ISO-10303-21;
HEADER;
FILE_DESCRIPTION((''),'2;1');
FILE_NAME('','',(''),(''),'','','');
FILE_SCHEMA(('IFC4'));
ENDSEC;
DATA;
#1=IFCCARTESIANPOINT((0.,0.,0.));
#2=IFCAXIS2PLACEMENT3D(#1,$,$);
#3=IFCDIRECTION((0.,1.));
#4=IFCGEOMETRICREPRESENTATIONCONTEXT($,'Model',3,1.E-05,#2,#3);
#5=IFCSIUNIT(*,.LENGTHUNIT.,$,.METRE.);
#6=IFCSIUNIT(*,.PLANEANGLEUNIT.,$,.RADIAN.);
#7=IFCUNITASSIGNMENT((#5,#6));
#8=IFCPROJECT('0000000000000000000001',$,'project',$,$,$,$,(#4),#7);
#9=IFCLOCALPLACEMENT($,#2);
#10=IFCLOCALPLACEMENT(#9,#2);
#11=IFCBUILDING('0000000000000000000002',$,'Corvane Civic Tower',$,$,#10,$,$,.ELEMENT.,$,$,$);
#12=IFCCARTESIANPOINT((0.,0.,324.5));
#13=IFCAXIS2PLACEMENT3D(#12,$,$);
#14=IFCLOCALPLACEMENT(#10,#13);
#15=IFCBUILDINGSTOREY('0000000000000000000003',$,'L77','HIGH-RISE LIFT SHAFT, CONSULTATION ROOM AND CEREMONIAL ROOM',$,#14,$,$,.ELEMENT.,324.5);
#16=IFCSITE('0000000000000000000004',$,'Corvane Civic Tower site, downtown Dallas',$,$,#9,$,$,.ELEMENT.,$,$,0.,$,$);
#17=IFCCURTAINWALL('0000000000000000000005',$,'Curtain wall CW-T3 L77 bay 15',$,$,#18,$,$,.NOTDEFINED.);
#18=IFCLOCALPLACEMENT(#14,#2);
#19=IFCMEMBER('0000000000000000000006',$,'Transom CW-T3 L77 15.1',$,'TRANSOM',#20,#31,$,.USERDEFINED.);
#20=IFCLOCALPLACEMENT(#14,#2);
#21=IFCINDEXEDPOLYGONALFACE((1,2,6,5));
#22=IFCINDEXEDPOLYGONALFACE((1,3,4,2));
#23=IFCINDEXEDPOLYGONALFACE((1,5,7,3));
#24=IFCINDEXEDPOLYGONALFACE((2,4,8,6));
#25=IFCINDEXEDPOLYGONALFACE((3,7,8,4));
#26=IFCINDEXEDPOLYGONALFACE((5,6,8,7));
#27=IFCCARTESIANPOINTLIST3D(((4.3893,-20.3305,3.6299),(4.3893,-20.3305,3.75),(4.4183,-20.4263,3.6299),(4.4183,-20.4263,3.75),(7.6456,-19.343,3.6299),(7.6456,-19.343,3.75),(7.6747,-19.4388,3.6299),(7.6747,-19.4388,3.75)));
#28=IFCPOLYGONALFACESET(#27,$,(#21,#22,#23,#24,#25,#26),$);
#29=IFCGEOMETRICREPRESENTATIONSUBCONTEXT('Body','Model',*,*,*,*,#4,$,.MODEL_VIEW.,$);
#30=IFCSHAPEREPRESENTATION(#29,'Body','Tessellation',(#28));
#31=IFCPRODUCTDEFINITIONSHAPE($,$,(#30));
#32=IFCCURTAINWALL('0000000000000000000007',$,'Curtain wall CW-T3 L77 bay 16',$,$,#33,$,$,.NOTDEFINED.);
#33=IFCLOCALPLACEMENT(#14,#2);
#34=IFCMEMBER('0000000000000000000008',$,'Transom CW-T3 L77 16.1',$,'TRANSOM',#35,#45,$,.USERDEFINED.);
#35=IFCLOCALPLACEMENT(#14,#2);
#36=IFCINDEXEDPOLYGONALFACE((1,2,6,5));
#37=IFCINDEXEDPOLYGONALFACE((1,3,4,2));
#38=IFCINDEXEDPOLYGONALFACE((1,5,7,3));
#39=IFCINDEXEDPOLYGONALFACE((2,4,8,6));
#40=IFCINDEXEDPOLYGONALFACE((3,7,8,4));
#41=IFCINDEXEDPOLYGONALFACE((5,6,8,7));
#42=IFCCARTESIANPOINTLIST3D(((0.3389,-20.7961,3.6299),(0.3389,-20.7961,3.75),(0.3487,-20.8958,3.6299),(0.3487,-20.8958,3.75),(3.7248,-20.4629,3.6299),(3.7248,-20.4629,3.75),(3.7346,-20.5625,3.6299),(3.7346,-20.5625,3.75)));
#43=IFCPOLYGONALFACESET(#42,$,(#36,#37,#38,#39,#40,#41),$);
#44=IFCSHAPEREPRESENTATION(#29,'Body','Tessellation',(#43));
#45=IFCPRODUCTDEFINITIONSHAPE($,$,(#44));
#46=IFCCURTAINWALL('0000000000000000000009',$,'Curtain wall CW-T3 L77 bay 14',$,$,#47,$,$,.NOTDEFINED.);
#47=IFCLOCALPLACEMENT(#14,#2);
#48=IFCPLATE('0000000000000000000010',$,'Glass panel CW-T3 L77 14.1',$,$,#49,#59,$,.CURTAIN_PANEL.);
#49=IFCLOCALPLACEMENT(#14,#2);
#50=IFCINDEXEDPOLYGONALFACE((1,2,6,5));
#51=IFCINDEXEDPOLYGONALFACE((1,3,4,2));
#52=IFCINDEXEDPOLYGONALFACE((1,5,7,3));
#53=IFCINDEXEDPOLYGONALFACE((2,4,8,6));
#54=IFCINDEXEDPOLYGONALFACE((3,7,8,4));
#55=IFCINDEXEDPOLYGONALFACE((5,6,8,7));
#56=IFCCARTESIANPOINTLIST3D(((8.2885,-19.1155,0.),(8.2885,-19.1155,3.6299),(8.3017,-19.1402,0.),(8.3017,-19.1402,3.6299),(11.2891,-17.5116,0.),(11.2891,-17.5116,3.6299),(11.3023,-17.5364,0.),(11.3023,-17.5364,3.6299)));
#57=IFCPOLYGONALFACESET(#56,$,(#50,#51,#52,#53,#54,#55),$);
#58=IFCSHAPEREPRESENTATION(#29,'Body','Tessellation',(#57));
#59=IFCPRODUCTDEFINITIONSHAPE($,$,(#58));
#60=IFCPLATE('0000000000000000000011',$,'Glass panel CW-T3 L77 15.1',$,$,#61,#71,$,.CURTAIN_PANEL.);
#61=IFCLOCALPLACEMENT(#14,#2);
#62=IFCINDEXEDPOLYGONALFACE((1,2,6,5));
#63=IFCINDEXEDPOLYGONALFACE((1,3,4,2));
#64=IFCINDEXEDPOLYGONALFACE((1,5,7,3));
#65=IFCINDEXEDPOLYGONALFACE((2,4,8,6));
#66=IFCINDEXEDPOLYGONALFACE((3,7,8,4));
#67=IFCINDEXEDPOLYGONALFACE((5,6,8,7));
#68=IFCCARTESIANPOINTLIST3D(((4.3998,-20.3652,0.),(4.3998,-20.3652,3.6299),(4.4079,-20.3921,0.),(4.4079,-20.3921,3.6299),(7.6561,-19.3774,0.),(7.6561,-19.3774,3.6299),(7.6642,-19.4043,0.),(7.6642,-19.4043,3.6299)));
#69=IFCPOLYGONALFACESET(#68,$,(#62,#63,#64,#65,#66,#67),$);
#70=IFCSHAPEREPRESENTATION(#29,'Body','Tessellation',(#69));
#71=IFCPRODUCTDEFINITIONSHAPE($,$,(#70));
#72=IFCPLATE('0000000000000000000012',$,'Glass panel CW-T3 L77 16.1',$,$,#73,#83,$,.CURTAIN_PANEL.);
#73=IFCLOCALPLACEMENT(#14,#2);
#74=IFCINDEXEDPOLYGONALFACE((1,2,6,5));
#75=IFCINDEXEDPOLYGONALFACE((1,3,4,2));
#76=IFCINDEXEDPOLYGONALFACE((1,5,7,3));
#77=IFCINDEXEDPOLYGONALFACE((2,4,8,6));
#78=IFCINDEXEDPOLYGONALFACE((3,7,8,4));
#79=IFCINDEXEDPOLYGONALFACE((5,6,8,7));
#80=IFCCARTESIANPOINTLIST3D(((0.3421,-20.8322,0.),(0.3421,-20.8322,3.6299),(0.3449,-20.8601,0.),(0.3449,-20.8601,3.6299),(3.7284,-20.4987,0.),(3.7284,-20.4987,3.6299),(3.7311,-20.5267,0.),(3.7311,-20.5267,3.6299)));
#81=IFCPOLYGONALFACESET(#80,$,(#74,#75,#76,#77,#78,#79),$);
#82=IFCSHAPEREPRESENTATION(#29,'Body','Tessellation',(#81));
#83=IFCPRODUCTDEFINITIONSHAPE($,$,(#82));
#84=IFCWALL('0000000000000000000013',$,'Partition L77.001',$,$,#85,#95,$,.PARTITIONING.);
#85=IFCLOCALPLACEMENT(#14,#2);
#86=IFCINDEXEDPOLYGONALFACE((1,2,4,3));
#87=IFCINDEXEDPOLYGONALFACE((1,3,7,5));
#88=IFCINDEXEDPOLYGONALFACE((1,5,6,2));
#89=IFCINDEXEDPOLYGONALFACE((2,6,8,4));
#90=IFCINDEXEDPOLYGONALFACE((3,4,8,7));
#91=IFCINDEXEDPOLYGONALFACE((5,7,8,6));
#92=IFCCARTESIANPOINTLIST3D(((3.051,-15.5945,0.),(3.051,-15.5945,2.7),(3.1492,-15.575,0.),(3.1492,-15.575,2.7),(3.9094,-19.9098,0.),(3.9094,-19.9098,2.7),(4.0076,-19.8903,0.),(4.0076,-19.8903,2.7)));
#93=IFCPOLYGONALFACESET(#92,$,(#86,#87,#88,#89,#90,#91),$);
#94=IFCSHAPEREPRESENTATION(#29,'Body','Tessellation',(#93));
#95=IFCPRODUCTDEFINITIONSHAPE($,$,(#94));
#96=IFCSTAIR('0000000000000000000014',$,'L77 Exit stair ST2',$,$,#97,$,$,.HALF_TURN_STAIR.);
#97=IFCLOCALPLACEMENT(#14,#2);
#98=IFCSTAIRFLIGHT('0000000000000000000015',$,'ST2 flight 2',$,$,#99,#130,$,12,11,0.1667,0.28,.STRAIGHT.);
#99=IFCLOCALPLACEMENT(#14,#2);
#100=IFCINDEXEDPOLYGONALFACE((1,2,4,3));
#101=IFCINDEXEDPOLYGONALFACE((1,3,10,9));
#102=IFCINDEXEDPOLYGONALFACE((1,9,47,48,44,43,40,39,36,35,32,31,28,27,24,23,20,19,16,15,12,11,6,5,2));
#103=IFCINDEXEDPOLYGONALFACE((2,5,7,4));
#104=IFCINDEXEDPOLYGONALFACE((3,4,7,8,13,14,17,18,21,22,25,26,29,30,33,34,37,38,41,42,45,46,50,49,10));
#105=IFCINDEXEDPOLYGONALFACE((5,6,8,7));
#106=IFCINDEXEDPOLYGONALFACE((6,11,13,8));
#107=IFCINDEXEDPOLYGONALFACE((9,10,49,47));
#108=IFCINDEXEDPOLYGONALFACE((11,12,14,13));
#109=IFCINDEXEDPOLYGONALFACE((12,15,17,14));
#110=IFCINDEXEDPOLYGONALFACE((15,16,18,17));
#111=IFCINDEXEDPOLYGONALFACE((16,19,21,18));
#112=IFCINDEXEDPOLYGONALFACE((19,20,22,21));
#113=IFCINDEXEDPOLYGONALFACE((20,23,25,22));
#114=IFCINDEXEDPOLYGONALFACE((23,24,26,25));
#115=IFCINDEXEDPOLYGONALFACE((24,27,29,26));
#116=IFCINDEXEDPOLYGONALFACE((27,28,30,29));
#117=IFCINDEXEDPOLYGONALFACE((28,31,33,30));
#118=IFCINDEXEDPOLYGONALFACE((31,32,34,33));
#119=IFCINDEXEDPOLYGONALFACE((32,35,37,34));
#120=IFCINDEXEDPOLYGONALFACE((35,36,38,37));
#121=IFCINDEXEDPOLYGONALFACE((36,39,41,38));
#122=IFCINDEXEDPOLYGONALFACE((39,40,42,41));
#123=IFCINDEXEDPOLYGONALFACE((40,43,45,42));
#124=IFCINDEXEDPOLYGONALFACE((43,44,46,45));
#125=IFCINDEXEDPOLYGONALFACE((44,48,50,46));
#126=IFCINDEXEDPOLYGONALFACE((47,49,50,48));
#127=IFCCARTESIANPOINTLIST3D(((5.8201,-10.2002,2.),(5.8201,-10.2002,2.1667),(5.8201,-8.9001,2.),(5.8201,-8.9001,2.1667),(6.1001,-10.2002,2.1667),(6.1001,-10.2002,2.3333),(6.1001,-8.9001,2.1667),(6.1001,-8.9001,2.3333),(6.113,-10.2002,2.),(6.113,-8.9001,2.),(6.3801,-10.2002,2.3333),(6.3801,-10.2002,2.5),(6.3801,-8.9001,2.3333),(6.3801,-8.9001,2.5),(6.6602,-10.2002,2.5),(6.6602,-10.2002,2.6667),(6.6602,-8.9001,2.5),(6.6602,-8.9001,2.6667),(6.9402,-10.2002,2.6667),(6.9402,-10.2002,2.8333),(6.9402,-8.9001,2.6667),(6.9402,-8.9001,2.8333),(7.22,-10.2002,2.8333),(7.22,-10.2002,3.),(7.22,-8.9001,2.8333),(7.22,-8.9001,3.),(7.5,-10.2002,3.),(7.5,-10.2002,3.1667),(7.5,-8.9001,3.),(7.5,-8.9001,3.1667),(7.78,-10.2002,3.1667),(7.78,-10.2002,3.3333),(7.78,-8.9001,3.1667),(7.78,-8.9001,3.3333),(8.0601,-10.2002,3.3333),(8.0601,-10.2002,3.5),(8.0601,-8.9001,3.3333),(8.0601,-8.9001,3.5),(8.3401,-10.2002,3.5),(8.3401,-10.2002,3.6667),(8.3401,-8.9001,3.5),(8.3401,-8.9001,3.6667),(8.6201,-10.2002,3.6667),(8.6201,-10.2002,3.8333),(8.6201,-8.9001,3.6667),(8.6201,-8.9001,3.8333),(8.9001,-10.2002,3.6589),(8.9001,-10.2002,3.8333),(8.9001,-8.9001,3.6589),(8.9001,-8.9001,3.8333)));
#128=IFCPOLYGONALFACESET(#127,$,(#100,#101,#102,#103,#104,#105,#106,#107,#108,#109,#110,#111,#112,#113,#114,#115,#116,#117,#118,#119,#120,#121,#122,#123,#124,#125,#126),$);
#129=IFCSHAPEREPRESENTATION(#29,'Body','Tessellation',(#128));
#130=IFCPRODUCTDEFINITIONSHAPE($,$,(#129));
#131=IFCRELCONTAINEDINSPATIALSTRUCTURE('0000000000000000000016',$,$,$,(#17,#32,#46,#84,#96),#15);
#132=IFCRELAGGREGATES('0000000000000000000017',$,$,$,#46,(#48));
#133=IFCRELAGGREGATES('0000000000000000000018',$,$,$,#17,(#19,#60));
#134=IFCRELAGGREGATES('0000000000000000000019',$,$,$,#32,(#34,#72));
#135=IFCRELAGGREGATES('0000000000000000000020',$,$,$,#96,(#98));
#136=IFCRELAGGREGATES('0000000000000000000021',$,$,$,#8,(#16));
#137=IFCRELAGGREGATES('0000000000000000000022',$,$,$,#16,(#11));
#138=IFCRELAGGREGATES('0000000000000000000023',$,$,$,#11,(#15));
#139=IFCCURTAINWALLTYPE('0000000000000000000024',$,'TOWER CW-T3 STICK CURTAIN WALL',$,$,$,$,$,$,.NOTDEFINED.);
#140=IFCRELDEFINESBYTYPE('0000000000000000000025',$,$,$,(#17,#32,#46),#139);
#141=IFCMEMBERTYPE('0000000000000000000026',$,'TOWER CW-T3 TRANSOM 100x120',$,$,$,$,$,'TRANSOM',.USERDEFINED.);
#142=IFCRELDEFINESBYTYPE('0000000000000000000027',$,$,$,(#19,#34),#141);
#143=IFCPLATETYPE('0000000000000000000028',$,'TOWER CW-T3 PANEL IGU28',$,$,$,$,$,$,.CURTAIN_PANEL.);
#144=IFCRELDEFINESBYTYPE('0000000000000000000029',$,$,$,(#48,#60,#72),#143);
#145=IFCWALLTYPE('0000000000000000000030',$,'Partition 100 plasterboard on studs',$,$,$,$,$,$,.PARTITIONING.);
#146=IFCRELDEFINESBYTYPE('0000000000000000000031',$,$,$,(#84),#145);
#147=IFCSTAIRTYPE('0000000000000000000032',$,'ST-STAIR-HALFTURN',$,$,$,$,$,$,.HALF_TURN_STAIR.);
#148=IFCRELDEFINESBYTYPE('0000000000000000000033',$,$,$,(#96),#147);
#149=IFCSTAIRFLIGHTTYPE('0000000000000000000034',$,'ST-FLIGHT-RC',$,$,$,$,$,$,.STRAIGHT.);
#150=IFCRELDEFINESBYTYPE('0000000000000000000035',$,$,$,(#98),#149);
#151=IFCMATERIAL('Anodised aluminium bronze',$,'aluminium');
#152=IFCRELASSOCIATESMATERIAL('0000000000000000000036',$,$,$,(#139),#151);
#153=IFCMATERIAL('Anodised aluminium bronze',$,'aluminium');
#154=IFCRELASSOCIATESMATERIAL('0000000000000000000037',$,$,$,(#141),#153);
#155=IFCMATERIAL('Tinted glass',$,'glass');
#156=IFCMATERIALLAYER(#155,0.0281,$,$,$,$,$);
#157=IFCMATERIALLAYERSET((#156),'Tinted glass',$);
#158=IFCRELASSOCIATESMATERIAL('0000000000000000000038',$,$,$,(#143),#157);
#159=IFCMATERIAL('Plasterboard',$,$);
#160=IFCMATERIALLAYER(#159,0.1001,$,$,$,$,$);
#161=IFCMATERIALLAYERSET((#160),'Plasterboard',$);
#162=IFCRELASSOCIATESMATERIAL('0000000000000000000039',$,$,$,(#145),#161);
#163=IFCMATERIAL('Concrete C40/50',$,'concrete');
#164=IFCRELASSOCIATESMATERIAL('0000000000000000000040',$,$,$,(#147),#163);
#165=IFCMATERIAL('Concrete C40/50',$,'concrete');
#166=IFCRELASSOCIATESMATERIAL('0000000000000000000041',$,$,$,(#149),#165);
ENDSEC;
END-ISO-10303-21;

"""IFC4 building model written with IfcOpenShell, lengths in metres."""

from ifc_helpers import new_model, si_unit, direction, frame, frame_2d, origin, origin_2d, place, context, subcontext, project, spatial, polyline, rectangle, outline, extrude, material, layer, layer_set, material_profile, profile_set, type_object, element, aggregate, save


model = new_model("IFC4")

# Units and contexts
model_context = context("Model", 3, precision=1e-05, world=origin(), true_north=direction((0.0, 1.0)))
body_context = subcontext(model_context, "Body", "Model", "MODEL_VIEW")
ifc_project = project(units=[si_unit("LENGTHUNIT", "METRE"), si_unit("PLANEANGLEUNIT", "RADIAN")], contexts=[model_context])

# Site, building, storey
site_placement = place(None, origin())
site = spatial("IfcSite", under=ifc_project, at=site_placement, Name="Corvane Civic Tower site, downtown Dallas", CompositionType="ELEMENT", RefElevation=0.0)
building_placement = place(site_placement, origin())
building = spatial("IfcBuilding", under=site, at=building_placement, Name="Corvane Civic Tower", CompositionType="ELEMENT")
storey_placement = place(building_placement, frame((0.0, 0.0, 324.5)))
storey = spatial("IfcBuildingStorey", under=building, at=storey_placement, Name="L77", Description="HIGH-RISE LIFT SHAFT, CONSULTATION ROOM AND CEREMONIAL ROOM", CompositionType="ELEMENT", Elevation=324.5)

# Curtain walls, members
ifc_material_1 = material(Name="Anodised aluminium bronze", Category="aluminium")
curtain_wall_type = type_object("IfcCurtainWallType", Name="TOWER CW-T3 STICK CURTAIN WALL", PredefinedType="NOTDEFINED", material=ifc_material_1)
curtain_wall_1_placement = place(storey_placement, origin())
curtain_wall_1 = element("IfcCurtainWall", 1, at=curtain_wall_1_placement, inside=storey, type_object=curtain_wall_type, Name="Curtain wall CW-T3 L77 bay 15", PredefinedType="NOTDEFINED")
ifc_material_2 = material(Name="Anodised aluminium bronze", Category="aluminium")
ifc_material_profile_1 = material_profile(ifc_material_2, rectangle(XDim=0.1001, YDim=0.1201, at=origin_2d()), Name="TOWER CW-T3 TRANSOM 100x120")
ifc_profile_set_1 = profile_set([ifc_material_profile_1], Name="Anodised aluminium bronze")
member_type = type_object("IfcMemberType", Name="TOWER CW-T3 TRANSOM 100x120", ElementType="TRANSOM", PredefinedType="USERDEFINED", material=ifc_profile_set_1)
member_1_placement = place(storey_placement, frame((7.6602, -19.3909, 3.6899), z_axis=(-0.956961, -0.290216, 0.0), x_axis=(0.290216, -0.956961, 0.0)))
member_1 = element("IfcMember", 2, at=member_1_placement, type_object=member_type, Name="Transom CW-T3 L77 15.1", ObjectType="TRANSOM", PredefinedType="USERDEFINED", context=body_context, shape_type="SweptSolid", body=[
    extrude(rectangle(XDim=0.1001, YDim=0.1201, at=origin_2d()), origin(), (0.0, 0.0, 1.0), 3.4028),
])
curtain_wall_2_placement = place(storey_placement, origin())
curtain_wall_2 = element("IfcCurtainWall", 3, at=curtain_wall_2_placement, inside=storey, type_object=curtain_wall_type, Name="Curtain wall CW-T3 L77 bay 16", PredefinedType="NOTDEFINED")
member_2_placement = place(storey_placement, frame((3.7297, -20.5127, 3.6899), z_axis=(-0.995192, -0.097948, 0.0), x_axis=(0.097948, -0.995192, 0.0)))
member_2 = element("IfcMember", 4, at=member_2_placement, type_object=member_type, Name="Transom CW-T3 L77 16.1", ObjectType="TRANSOM", PredefinedType="USERDEFINED", context=body_context, shape_type="SweptSolid", body=[
    extrude(rectangle(XDim=0.1001, YDim=0.1201, at=origin_2d()), origin(), (0.0, 0.0, 1.0), 3.4023),
])

# Curtain wall, plate
curtain_wall_3_placement = place(storey_placement, origin())
curtain_wall_3 = element("IfcCurtainWall", 5, at=curtain_wall_3_placement, inside=storey, type_object=curtain_wall_type, Name="Curtain wall CW-T3 L77 bay 14", PredefinedType="NOTDEFINED")
ifc_material_3 = material(Name="Tinted glass", Category="glass")
ifc_layer_1 = layer(ifc_material_3, 0.0281)
ifc_layer_set_1 = layer_set([ifc_layer_1], Name="Tinted glass")
plate_type = type_object("IfcPlateType", Name="TOWER CW-T3 PANEL IGU28", PredefinedType="CURTAIN_PANEL", material=ifc_layer_set_1)
plate_1_placement = place(storey_placement, frame((9.7954, -18.3259, 0.0), z_axis=(0.0, 0.0, 1.0), x_axis=(-0.881928, -0.471384, 0.0)))
plate_1 = element("IfcPlate", 6, at=plate_1_placement, type_object=plate_type, Name="Glass panel CW-T3 L77 14.1", PredefinedType="CURTAIN_PANEL", context=body_context, shape_type="SweptSolid", body=[
    extrude(rectangle(XDim=3.4023, YDim=0.0281, at=origin_2d()), origin(), (0.0, 0.0, 1.0), 3.6299),
])
aggregate(curtain_wall_3, [plate_1])

# Plates
plate_2_placement = place(storey_placement, frame((6.032, -19.8848, 0.0), z_axis=(0.0, 0.0, 1.0), x_axis=(-0.956939, -0.29029, 0.0)))
plate_2 = element("IfcPlate", 7, at=plate_2_placement, type_object=plate_type, Name="Glass panel CW-T3 L77 15.1", PredefinedType="CURTAIN_PANEL", context=body_context, shape_type="SweptSolid", body=[
    extrude(rectangle(XDim=3.4028, YDim=0.0281, at=origin_2d()), origin(), (0.0, 0.0, 1.0), 3.6299),
])
aggregate(curtain_wall_1, [member_1, plate_2])
plate_3_placement = place(storey_placement, frame((2.0366, -20.6794, 0.0), z_axis=(0.0, 0.0, 1.0), x_axis=(-0.995187, -0.097998, 0.0)))
plate_3 = element("IfcPlate", 8, at=plate_3_placement, type_object=plate_type, Name="Glass panel CW-T3 L77 16.1", PredefinedType="CURTAIN_PANEL", context=body_context, shape_type="SweptSolid", body=[
    extrude(rectangle(XDim=3.4026, YDim=0.0281, at=origin_2d()), origin(), (0.0, 0.0, 1.0), 3.6299),
])
aggregate(curtain_wall_2, [member_2, plate_3])

# Wall
ifc_material_4 = material(Name="Plasterboard")
ifc_layer_2 = layer(ifc_material_4, 0.1001)
ifc_layer_set_2 = layer_set([ifc_layer_2], Name="Plasterboard")
wall_type = type_object("IfcWallType", Name="Partition 100 plasterboard on studs", PredefinedType="PARTITIONING", material=ifc_layer_set_2)
wall_placement = place(storey_placement, frame((3.1001, -15.5847, 0.0), z_axis=(0.0, 0.0, 1.0), x_axis=(0.195092, -0.980785, 0.0)))
element("IfcWall", 9, at=wall_placement, inside=storey, type_object=wall_type, Name="Partition L77.001", PredefinedType="PARTITIONING", context=body_context, shape_type="SweptSolid", body=[
    extrude(rectangle(XDim=4.3999, YDim=0.1001, at=frame_2d((2.2, 0.0))), origin(), (0.0, 0.0, 1.0), 2.7),
])

# Stair, stair flight
ifc_material_5 = material(Name="Concrete C40/50", Category="concrete")
stair_type = type_object("IfcStairType", Name="ST-STAIR-HALFTURN", PredefinedType="HALF_TURN_STAIR", material=ifc_material_5)
stair_placement = place(storey_placement, origin())
stair = element("IfcStair", 10, at=stair_placement, inside=storey, type_object=stair_type, Name="L77 Exit stair ST2", PredefinedType="HALF_TURN_STAIR")
ifc_material_6 = material(Name="Concrete C40/50", Category="concrete")
stair_flight_type = type_object("IfcStairFlightType", Name="ST-FLIGHT-RC", PredefinedType="STRAIGHT", material=ifc_material_6)
stair_flight_placement = place(storey_placement, frame((5.8201, -9.55, 2.0), z_axis=(0.0, 0.0, 1.0), x_axis=(1.0, 0.0, 0.0)))
stair_flight = element("IfcStairFlight", 11, at=stair_flight_placement, type_object=stair_flight_type, Name="ST2 flight 2", NumberOfRisers=12, NumberOfTreads=11, PredefinedType="STRAIGHT", RiserHeight=0.1667, TreadLength=0.28, context=body_context, shape_type="SweptSolid", body=[
    extrude(outline(polyline([(0.0, 0.0), (0.0, 0.1667), (0.28, 0.1667), (0.28, 0.3333), (0.5601, 0.3333), (0.5601, 0.5), (0.8401, 0.5), (0.8401, 0.6667), (1.1201, 0.6667), (1.1201, 0.8333), (1.3999, 0.8333), (1.3999, 1.0), (1.6799, 1.0), (1.6799, 1.1667), (1.96, 1.1667), (1.96, 1.3333), (2.24, 1.3333), (2.24, 1.5), (2.52, 1.5), (2.52, 1.6667), (2.8, 1.6667), (2.8, 1.8333), (3.0801, 1.8333), (3.0801, 2.0), (3.0801, 1.6589), (0.293, 0.0), (0.0, 0.0)])), frame((0.0, 0.6499, 0.0), z_axis=(0.0, -1.0, 0.0), x_axis=(1.0, 0.0, 0.0)), (0.0, 0.0, 1.0), 1.3),
])
aggregate(stair, [stair_flight])

save(model, "model.ifc")
